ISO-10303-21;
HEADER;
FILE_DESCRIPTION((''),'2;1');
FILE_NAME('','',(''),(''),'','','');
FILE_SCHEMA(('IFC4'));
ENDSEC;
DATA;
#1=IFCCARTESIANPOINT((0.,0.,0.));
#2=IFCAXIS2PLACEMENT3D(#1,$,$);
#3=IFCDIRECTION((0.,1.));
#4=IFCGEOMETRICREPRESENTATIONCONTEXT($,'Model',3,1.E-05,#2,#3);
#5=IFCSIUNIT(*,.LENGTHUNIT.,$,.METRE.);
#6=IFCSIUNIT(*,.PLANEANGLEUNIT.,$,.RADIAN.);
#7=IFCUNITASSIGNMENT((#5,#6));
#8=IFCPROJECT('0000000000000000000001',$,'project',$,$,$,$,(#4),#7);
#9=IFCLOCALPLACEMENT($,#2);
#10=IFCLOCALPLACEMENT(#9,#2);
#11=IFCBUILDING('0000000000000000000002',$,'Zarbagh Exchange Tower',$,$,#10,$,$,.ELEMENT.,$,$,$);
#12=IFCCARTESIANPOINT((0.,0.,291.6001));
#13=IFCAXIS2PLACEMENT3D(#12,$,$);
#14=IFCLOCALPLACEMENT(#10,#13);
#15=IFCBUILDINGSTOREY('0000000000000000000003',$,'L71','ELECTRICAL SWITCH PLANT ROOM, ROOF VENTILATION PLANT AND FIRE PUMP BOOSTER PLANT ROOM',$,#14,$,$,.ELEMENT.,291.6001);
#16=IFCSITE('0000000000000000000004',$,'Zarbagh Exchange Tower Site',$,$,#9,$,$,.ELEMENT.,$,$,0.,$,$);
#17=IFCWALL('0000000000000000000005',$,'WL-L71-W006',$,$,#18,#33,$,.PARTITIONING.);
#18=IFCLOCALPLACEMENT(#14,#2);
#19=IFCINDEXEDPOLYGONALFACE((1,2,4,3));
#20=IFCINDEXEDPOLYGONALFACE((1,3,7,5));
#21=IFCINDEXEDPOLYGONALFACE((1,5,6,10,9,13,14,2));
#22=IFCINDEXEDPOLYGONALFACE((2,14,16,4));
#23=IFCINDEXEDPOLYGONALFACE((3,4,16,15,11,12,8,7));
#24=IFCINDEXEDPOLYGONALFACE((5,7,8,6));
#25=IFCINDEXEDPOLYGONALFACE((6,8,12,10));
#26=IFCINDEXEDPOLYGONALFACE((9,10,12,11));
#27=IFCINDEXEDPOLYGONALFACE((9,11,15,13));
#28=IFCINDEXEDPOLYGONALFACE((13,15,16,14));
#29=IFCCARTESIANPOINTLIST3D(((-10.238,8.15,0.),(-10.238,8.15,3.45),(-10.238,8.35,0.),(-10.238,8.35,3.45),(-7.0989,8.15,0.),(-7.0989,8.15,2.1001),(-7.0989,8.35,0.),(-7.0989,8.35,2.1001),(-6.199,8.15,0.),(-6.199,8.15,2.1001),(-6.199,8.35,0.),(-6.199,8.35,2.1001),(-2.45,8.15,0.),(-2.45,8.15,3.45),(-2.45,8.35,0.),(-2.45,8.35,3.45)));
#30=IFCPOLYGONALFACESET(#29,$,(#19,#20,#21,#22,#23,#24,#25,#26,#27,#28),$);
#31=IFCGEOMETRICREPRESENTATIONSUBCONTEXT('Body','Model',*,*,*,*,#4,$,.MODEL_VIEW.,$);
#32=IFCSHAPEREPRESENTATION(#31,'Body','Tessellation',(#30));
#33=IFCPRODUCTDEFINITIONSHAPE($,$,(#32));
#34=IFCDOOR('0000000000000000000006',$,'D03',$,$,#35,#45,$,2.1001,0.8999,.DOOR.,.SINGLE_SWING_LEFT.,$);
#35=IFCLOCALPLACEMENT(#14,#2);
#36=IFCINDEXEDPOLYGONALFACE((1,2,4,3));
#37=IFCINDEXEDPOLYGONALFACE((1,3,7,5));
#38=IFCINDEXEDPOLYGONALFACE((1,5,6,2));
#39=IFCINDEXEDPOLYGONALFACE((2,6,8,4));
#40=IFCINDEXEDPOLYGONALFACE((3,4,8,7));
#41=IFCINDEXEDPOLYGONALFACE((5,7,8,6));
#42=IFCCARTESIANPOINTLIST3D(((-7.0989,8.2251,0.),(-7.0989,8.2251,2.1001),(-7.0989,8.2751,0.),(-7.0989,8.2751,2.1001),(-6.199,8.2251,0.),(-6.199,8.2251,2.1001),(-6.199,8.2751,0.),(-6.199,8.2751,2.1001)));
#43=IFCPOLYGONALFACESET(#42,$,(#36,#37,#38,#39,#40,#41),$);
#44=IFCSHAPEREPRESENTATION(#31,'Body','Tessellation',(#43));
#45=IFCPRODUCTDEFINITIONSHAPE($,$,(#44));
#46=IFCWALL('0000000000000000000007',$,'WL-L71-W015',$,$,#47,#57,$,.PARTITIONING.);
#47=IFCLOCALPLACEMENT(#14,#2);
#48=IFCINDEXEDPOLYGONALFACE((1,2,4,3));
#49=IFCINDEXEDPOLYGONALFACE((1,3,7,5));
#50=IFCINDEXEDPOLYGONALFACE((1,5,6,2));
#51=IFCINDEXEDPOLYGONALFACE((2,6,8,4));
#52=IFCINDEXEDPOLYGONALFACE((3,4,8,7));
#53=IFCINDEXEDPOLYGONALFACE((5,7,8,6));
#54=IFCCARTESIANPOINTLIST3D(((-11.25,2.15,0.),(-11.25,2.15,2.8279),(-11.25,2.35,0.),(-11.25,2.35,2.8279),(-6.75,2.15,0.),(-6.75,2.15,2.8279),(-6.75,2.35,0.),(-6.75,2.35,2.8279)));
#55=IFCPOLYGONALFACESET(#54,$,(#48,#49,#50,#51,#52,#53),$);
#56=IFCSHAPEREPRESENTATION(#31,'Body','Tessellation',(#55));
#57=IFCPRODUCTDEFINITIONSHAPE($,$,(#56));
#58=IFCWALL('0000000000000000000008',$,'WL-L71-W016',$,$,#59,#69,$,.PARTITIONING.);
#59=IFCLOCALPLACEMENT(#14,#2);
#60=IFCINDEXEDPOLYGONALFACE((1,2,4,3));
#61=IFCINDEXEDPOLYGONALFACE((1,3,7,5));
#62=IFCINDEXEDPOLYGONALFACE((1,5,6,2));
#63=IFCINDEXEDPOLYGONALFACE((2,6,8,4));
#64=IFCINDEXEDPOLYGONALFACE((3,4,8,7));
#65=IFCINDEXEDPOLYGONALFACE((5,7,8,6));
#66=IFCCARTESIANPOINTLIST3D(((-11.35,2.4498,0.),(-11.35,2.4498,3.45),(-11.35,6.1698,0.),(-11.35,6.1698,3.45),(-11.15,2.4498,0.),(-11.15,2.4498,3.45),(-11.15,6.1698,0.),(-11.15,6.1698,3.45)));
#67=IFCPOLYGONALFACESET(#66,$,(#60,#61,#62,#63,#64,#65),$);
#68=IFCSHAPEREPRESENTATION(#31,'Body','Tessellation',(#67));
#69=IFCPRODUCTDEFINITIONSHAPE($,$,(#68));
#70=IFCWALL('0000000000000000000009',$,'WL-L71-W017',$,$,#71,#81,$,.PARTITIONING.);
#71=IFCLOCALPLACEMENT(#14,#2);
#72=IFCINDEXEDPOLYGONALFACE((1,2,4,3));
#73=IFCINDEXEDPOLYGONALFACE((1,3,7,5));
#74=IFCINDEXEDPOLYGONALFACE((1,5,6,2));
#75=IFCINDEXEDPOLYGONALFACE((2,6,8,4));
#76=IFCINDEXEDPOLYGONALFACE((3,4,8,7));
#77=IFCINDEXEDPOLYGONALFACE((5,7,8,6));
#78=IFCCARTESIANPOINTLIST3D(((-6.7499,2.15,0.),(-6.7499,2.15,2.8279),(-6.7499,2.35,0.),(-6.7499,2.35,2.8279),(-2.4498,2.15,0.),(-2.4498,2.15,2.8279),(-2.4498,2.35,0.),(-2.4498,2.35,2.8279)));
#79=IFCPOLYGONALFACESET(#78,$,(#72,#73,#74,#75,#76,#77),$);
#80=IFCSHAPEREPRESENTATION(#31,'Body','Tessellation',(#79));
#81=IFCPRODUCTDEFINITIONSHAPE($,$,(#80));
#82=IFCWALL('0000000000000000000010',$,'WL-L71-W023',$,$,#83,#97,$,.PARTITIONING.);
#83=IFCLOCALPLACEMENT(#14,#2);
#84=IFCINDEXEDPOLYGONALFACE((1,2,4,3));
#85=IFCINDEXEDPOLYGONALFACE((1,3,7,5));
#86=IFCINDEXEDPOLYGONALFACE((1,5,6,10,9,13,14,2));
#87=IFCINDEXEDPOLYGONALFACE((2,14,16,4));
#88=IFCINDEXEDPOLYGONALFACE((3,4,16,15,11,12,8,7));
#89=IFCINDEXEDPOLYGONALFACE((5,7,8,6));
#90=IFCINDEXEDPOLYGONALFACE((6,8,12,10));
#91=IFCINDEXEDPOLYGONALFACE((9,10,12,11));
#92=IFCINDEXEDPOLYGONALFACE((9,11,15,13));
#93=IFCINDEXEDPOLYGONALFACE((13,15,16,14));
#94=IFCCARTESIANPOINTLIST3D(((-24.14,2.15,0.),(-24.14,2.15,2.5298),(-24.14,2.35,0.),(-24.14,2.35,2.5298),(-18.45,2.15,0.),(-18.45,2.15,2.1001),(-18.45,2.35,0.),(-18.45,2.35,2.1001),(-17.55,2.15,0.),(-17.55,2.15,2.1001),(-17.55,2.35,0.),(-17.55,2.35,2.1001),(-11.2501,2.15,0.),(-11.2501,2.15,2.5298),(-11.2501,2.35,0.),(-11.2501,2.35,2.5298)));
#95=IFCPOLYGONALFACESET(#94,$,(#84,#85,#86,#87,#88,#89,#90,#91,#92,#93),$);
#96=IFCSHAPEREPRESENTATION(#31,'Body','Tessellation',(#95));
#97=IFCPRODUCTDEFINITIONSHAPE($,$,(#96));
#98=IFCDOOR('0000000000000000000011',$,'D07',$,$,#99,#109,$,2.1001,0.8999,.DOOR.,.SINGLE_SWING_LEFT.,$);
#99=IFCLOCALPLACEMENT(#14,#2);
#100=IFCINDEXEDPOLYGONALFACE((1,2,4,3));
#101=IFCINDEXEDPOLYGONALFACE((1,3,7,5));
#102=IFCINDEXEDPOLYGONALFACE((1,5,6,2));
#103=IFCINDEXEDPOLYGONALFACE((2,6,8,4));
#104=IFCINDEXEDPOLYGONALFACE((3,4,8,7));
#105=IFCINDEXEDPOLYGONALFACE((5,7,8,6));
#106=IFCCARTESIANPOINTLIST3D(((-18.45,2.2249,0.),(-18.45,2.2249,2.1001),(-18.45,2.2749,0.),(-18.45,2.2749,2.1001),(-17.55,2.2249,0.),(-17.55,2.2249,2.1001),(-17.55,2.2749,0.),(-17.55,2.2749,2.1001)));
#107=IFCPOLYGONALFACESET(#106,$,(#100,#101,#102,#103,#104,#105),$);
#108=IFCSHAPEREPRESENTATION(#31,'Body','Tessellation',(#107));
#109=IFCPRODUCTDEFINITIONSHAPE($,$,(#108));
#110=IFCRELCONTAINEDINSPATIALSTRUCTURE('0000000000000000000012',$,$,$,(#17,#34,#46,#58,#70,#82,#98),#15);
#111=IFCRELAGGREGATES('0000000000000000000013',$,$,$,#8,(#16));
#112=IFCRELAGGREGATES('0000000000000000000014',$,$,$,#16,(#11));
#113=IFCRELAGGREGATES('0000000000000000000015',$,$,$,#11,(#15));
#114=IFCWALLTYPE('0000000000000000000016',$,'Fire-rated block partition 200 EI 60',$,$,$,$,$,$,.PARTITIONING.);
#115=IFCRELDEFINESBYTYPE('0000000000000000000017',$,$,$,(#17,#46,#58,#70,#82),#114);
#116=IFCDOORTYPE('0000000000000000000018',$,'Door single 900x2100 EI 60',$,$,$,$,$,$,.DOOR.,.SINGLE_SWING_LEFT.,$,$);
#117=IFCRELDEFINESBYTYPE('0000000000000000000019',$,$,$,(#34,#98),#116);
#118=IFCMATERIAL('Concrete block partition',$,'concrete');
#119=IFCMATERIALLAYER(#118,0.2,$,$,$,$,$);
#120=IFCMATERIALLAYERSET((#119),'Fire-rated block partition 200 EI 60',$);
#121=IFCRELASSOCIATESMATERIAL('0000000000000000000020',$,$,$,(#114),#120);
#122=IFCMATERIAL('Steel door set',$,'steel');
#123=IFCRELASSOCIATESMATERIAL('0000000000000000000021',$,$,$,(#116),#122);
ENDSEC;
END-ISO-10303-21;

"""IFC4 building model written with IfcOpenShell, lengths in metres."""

from ifc_helpers import new_model, si_unit, direction, frame, frame_2d, origin, place, context, subcontext, project, spatial, rectangle, extrude, material, layer, layer_set, type_object, element, fill, save


model = new_model("IFC4")

# Units and contexts
model_context = context("Model", 3, precision=1e-05, world=origin(), true_north=direction((0.0, 1.0)))
body_context = subcontext(model_context, "Body", "Model", "MODEL_VIEW")
ifc_project = project(units=[si_unit("LENGTHUNIT", "METRE"), si_unit("PLANEANGLEUNIT", "RADIAN")], contexts=[model_context])

# Site, building, storey
site_placement = place(None, origin())
site = spatial("IfcSite", under=ifc_project, at=site_placement, Name="Zarbagh Exchange Tower Site", CompositionType="ELEMENT", RefElevation=0.0)
building_placement = place(site_placement, origin())
building = spatial("IfcBuilding", under=site, at=building_placement, Name="Zarbagh Exchange Tower", CompositionType="ELEMENT")
storey_placement = place(building_placement, frame((0.0, 0.0, 291.6001)))
storey = spatial("IfcBuildingStorey", under=building, at=storey_placement, Name="L71", Description="ELECTRICAL SWITCH PLANT ROOM, ROOF VENTILATION PLANT AND FIRE PUMP BOOSTER PLANT ROOM", CompositionType="ELEMENT", Elevation=291.6001)

# Shared definitions
ifc_material_1 = material(Name="Concrete block partition", Category="concrete")
ifc_layer = layer(ifc_material_1, 0.2)
ifc_layer_set = layer_set([ifc_layer], Name="Fire-rated block partition 200 EI 60")
wall_type = type_object("IfcWallType", Name="Fire-rated block partition 200 EI 60", PredefinedType="PARTITIONING", material=ifc_layer_set)

# Wall, opening, door
wall_1_placement = place(storey_placement, frame((-2.45, 8.25, 0.0), z_axis=(0.0, 0.0, 1.0), x_axis=(-1.0, 0.0, 0.0)))
wall_1 = element("IfcWall", 1, at=wall_1_placement, inside=storey, type_object=wall_type, Name="WL-L71-W006", PredefinedType="PARTITIONING", context=body_context, shape_type="SweptSolid", body=[
    extrude(rectangle(XDim=7.7881, YDim=0.2, at=frame_2d((3.894, 0.0))), origin(), (0.0, 0.0, 1.0), 3.45),
])
opening_1_placement = place(wall_1_placement, frame((3.749, 0.0, 0.0)))
opening_1 = element("IfcOpeningElement", 2, at=opening_1_placement, cuts=wall_1, PredefinedType="OPENING", context=body_context, shape_type="SweptSolid", body=[
    extrude(rectangle(XDim=0.8999, YDim=2.1001, at=frame_2d((0.45, 1.05))), frame((0.0, 0.1099, 0.0), z_axis=(0.0, -1.0, 0.0), x_axis=(1.0, 0.0, 0.0)), (0.0, 0.0, 1.0), 0.22),
])
ifc_material_2 = material(Name="Steel door set", Category="steel")
door_type = type_object("IfcDoorType", Name="Door single 900x2100 EI 60", OperationType="SINGLE_SWING_LEFT", PredefinedType="DOOR", material=ifc_material_2)
door_1_placement = place(opening_1_placement, origin())
door_1 = element("IfcDoor", 3, at=door_1_placement, inside=storey, type_object=door_type, Name="D03", OperationType="SINGLE_SWING_LEFT", OverallHeight=2.1001, OverallWidth=0.8999, PredefinedType="DOOR", context=body_context, shape_type="SweptSolid", body=[
    extrude(rectangle(XDim=0.8999, YDim=2.1001, at=frame_2d((0.45, 1.05))), frame((0.0, 0.0249, 0.0), z_axis=(0.0, -1.0, 0.0), x_axis=(1.0, 0.0, 0.0)), (0.0, 0.0, 1.0), 0.05),
])
fill(opening_1, door_1)

# Walls
wall_2_placement = place(storey_placement, frame((-6.75, 2.25, 0.0), z_axis=(0.0, 0.0, 1.0), x_axis=(-1.0, 0.0, 0.0)))
element("IfcWall", 4, at=wall_2_placement, inside=storey, type_object=wall_type, Name="WL-L71-W015", PredefinedType="PARTITIONING", context=body_context, shape_type="SweptSolid", body=[
    extrude(rectangle(XDim=4.5, YDim=0.2, at=frame_2d((2.25, 0.0))), origin(), (0.0, 0.0, 1.0), 2.8279),
])
wall_3_placement = place(storey_placement, frame((-11.25, 2.45, 0.0), z_axis=(0.0, 0.0, 1.0), x_axis=(0.0, 1.0, 0.0)))
element("IfcWall", 5, at=wall_3_placement, inside=storey, type_object=wall_type, Name="WL-L71-W016", PredefinedType="PARTITIONING", context=body_context, shape_type="SweptSolid", body=[
    extrude(rectangle(XDim=3.72, YDim=0.2, at=frame_2d((1.8599, 0.0))), origin(), (0.0, 0.0, 1.0), 3.45),
])
wall_4_placement = place(storey_placement, frame((-2.45, 2.25, 0.0), z_axis=(0.0, 0.0, 1.0), x_axis=(-1.0, 0.0, 0.0)))
element("IfcWall", 6, at=wall_4_placement, inside=storey, type_object=wall_type, Name="WL-L71-W017", PredefinedType="PARTITIONING", context=body_context, shape_type="SweptSolid", body=[
    extrude(rectangle(XDim=4.3, YDim=0.2, at=frame_2d((2.1499, 0.0))), origin(), (0.0, 0.0, 1.0), 2.8279),
])

# Wall, opening, door
wall_5_placement = place(storey_placement, frame((-24.1399, 2.25, 0.0), z_axis=(0.0, 0.0, 1.0), x_axis=(1.0, 0.0, 0.0)))
wall_5 = element("IfcWall", 7, at=wall_5_placement, inside=storey, type_object=wall_type, Name="WL-L71-W023", PredefinedType="PARTITIONING", context=body_context, shape_type="SweptSolid", body=[
    extrude(rectangle(XDim=12.8899, YDim=0.2, at=frame_2d((6.4448, 0.0))), origin(), (0.0, 0.0, 1.0), 2.5298),
])
opening_2_placement = place(wall_5_placement, frame((5.6899, 0.0, 0.0)))
opening_2 = element("IfcOpeningElement", 8, at=opening_2_placement, cuts=wall_5, PredefinedType="OPENING", context=body_context, shape_type="SweptSolid", body=[
    extrude(rectangle(XDim=0.8999, YDim=2.1001, at=frame_2d((0.45, 1.05))), frame((0.0, 0.1099, 0.0), z_axis=(0.0, -1.0, 0.0), x_axis=(1.0, 0.0, 0.0)), (0.0, 0.0, 1.0), 0.22),
])
door_2_placement = place(opening_2_placement, origin())
door_2 = element("IfcDoor", 9, at=door_2_placement, inside=storey, type_object=door_type, Name="D07", OperationType="SINGLE_SWING_LEFT", OverallHeight=2.1001, OverallWidth=0.8999, PredefinedType="DOOR", context=body_context, shape_type="SweptSolid", body=[
    extrude(rectangle(XDim=0.8999, YDim=2.1001, at=frame_2d((0.45, 1.05))), frame((0.0, 0.0249, 0.0), z_axis=(0.0, -1.0, 0.0), x_axis=(1.0, 0.0, 0.0)), (0.0, 0.0, 1.0), 0.05),
])
fill(opening_2, door_2)

save(model, "model.ifc")
